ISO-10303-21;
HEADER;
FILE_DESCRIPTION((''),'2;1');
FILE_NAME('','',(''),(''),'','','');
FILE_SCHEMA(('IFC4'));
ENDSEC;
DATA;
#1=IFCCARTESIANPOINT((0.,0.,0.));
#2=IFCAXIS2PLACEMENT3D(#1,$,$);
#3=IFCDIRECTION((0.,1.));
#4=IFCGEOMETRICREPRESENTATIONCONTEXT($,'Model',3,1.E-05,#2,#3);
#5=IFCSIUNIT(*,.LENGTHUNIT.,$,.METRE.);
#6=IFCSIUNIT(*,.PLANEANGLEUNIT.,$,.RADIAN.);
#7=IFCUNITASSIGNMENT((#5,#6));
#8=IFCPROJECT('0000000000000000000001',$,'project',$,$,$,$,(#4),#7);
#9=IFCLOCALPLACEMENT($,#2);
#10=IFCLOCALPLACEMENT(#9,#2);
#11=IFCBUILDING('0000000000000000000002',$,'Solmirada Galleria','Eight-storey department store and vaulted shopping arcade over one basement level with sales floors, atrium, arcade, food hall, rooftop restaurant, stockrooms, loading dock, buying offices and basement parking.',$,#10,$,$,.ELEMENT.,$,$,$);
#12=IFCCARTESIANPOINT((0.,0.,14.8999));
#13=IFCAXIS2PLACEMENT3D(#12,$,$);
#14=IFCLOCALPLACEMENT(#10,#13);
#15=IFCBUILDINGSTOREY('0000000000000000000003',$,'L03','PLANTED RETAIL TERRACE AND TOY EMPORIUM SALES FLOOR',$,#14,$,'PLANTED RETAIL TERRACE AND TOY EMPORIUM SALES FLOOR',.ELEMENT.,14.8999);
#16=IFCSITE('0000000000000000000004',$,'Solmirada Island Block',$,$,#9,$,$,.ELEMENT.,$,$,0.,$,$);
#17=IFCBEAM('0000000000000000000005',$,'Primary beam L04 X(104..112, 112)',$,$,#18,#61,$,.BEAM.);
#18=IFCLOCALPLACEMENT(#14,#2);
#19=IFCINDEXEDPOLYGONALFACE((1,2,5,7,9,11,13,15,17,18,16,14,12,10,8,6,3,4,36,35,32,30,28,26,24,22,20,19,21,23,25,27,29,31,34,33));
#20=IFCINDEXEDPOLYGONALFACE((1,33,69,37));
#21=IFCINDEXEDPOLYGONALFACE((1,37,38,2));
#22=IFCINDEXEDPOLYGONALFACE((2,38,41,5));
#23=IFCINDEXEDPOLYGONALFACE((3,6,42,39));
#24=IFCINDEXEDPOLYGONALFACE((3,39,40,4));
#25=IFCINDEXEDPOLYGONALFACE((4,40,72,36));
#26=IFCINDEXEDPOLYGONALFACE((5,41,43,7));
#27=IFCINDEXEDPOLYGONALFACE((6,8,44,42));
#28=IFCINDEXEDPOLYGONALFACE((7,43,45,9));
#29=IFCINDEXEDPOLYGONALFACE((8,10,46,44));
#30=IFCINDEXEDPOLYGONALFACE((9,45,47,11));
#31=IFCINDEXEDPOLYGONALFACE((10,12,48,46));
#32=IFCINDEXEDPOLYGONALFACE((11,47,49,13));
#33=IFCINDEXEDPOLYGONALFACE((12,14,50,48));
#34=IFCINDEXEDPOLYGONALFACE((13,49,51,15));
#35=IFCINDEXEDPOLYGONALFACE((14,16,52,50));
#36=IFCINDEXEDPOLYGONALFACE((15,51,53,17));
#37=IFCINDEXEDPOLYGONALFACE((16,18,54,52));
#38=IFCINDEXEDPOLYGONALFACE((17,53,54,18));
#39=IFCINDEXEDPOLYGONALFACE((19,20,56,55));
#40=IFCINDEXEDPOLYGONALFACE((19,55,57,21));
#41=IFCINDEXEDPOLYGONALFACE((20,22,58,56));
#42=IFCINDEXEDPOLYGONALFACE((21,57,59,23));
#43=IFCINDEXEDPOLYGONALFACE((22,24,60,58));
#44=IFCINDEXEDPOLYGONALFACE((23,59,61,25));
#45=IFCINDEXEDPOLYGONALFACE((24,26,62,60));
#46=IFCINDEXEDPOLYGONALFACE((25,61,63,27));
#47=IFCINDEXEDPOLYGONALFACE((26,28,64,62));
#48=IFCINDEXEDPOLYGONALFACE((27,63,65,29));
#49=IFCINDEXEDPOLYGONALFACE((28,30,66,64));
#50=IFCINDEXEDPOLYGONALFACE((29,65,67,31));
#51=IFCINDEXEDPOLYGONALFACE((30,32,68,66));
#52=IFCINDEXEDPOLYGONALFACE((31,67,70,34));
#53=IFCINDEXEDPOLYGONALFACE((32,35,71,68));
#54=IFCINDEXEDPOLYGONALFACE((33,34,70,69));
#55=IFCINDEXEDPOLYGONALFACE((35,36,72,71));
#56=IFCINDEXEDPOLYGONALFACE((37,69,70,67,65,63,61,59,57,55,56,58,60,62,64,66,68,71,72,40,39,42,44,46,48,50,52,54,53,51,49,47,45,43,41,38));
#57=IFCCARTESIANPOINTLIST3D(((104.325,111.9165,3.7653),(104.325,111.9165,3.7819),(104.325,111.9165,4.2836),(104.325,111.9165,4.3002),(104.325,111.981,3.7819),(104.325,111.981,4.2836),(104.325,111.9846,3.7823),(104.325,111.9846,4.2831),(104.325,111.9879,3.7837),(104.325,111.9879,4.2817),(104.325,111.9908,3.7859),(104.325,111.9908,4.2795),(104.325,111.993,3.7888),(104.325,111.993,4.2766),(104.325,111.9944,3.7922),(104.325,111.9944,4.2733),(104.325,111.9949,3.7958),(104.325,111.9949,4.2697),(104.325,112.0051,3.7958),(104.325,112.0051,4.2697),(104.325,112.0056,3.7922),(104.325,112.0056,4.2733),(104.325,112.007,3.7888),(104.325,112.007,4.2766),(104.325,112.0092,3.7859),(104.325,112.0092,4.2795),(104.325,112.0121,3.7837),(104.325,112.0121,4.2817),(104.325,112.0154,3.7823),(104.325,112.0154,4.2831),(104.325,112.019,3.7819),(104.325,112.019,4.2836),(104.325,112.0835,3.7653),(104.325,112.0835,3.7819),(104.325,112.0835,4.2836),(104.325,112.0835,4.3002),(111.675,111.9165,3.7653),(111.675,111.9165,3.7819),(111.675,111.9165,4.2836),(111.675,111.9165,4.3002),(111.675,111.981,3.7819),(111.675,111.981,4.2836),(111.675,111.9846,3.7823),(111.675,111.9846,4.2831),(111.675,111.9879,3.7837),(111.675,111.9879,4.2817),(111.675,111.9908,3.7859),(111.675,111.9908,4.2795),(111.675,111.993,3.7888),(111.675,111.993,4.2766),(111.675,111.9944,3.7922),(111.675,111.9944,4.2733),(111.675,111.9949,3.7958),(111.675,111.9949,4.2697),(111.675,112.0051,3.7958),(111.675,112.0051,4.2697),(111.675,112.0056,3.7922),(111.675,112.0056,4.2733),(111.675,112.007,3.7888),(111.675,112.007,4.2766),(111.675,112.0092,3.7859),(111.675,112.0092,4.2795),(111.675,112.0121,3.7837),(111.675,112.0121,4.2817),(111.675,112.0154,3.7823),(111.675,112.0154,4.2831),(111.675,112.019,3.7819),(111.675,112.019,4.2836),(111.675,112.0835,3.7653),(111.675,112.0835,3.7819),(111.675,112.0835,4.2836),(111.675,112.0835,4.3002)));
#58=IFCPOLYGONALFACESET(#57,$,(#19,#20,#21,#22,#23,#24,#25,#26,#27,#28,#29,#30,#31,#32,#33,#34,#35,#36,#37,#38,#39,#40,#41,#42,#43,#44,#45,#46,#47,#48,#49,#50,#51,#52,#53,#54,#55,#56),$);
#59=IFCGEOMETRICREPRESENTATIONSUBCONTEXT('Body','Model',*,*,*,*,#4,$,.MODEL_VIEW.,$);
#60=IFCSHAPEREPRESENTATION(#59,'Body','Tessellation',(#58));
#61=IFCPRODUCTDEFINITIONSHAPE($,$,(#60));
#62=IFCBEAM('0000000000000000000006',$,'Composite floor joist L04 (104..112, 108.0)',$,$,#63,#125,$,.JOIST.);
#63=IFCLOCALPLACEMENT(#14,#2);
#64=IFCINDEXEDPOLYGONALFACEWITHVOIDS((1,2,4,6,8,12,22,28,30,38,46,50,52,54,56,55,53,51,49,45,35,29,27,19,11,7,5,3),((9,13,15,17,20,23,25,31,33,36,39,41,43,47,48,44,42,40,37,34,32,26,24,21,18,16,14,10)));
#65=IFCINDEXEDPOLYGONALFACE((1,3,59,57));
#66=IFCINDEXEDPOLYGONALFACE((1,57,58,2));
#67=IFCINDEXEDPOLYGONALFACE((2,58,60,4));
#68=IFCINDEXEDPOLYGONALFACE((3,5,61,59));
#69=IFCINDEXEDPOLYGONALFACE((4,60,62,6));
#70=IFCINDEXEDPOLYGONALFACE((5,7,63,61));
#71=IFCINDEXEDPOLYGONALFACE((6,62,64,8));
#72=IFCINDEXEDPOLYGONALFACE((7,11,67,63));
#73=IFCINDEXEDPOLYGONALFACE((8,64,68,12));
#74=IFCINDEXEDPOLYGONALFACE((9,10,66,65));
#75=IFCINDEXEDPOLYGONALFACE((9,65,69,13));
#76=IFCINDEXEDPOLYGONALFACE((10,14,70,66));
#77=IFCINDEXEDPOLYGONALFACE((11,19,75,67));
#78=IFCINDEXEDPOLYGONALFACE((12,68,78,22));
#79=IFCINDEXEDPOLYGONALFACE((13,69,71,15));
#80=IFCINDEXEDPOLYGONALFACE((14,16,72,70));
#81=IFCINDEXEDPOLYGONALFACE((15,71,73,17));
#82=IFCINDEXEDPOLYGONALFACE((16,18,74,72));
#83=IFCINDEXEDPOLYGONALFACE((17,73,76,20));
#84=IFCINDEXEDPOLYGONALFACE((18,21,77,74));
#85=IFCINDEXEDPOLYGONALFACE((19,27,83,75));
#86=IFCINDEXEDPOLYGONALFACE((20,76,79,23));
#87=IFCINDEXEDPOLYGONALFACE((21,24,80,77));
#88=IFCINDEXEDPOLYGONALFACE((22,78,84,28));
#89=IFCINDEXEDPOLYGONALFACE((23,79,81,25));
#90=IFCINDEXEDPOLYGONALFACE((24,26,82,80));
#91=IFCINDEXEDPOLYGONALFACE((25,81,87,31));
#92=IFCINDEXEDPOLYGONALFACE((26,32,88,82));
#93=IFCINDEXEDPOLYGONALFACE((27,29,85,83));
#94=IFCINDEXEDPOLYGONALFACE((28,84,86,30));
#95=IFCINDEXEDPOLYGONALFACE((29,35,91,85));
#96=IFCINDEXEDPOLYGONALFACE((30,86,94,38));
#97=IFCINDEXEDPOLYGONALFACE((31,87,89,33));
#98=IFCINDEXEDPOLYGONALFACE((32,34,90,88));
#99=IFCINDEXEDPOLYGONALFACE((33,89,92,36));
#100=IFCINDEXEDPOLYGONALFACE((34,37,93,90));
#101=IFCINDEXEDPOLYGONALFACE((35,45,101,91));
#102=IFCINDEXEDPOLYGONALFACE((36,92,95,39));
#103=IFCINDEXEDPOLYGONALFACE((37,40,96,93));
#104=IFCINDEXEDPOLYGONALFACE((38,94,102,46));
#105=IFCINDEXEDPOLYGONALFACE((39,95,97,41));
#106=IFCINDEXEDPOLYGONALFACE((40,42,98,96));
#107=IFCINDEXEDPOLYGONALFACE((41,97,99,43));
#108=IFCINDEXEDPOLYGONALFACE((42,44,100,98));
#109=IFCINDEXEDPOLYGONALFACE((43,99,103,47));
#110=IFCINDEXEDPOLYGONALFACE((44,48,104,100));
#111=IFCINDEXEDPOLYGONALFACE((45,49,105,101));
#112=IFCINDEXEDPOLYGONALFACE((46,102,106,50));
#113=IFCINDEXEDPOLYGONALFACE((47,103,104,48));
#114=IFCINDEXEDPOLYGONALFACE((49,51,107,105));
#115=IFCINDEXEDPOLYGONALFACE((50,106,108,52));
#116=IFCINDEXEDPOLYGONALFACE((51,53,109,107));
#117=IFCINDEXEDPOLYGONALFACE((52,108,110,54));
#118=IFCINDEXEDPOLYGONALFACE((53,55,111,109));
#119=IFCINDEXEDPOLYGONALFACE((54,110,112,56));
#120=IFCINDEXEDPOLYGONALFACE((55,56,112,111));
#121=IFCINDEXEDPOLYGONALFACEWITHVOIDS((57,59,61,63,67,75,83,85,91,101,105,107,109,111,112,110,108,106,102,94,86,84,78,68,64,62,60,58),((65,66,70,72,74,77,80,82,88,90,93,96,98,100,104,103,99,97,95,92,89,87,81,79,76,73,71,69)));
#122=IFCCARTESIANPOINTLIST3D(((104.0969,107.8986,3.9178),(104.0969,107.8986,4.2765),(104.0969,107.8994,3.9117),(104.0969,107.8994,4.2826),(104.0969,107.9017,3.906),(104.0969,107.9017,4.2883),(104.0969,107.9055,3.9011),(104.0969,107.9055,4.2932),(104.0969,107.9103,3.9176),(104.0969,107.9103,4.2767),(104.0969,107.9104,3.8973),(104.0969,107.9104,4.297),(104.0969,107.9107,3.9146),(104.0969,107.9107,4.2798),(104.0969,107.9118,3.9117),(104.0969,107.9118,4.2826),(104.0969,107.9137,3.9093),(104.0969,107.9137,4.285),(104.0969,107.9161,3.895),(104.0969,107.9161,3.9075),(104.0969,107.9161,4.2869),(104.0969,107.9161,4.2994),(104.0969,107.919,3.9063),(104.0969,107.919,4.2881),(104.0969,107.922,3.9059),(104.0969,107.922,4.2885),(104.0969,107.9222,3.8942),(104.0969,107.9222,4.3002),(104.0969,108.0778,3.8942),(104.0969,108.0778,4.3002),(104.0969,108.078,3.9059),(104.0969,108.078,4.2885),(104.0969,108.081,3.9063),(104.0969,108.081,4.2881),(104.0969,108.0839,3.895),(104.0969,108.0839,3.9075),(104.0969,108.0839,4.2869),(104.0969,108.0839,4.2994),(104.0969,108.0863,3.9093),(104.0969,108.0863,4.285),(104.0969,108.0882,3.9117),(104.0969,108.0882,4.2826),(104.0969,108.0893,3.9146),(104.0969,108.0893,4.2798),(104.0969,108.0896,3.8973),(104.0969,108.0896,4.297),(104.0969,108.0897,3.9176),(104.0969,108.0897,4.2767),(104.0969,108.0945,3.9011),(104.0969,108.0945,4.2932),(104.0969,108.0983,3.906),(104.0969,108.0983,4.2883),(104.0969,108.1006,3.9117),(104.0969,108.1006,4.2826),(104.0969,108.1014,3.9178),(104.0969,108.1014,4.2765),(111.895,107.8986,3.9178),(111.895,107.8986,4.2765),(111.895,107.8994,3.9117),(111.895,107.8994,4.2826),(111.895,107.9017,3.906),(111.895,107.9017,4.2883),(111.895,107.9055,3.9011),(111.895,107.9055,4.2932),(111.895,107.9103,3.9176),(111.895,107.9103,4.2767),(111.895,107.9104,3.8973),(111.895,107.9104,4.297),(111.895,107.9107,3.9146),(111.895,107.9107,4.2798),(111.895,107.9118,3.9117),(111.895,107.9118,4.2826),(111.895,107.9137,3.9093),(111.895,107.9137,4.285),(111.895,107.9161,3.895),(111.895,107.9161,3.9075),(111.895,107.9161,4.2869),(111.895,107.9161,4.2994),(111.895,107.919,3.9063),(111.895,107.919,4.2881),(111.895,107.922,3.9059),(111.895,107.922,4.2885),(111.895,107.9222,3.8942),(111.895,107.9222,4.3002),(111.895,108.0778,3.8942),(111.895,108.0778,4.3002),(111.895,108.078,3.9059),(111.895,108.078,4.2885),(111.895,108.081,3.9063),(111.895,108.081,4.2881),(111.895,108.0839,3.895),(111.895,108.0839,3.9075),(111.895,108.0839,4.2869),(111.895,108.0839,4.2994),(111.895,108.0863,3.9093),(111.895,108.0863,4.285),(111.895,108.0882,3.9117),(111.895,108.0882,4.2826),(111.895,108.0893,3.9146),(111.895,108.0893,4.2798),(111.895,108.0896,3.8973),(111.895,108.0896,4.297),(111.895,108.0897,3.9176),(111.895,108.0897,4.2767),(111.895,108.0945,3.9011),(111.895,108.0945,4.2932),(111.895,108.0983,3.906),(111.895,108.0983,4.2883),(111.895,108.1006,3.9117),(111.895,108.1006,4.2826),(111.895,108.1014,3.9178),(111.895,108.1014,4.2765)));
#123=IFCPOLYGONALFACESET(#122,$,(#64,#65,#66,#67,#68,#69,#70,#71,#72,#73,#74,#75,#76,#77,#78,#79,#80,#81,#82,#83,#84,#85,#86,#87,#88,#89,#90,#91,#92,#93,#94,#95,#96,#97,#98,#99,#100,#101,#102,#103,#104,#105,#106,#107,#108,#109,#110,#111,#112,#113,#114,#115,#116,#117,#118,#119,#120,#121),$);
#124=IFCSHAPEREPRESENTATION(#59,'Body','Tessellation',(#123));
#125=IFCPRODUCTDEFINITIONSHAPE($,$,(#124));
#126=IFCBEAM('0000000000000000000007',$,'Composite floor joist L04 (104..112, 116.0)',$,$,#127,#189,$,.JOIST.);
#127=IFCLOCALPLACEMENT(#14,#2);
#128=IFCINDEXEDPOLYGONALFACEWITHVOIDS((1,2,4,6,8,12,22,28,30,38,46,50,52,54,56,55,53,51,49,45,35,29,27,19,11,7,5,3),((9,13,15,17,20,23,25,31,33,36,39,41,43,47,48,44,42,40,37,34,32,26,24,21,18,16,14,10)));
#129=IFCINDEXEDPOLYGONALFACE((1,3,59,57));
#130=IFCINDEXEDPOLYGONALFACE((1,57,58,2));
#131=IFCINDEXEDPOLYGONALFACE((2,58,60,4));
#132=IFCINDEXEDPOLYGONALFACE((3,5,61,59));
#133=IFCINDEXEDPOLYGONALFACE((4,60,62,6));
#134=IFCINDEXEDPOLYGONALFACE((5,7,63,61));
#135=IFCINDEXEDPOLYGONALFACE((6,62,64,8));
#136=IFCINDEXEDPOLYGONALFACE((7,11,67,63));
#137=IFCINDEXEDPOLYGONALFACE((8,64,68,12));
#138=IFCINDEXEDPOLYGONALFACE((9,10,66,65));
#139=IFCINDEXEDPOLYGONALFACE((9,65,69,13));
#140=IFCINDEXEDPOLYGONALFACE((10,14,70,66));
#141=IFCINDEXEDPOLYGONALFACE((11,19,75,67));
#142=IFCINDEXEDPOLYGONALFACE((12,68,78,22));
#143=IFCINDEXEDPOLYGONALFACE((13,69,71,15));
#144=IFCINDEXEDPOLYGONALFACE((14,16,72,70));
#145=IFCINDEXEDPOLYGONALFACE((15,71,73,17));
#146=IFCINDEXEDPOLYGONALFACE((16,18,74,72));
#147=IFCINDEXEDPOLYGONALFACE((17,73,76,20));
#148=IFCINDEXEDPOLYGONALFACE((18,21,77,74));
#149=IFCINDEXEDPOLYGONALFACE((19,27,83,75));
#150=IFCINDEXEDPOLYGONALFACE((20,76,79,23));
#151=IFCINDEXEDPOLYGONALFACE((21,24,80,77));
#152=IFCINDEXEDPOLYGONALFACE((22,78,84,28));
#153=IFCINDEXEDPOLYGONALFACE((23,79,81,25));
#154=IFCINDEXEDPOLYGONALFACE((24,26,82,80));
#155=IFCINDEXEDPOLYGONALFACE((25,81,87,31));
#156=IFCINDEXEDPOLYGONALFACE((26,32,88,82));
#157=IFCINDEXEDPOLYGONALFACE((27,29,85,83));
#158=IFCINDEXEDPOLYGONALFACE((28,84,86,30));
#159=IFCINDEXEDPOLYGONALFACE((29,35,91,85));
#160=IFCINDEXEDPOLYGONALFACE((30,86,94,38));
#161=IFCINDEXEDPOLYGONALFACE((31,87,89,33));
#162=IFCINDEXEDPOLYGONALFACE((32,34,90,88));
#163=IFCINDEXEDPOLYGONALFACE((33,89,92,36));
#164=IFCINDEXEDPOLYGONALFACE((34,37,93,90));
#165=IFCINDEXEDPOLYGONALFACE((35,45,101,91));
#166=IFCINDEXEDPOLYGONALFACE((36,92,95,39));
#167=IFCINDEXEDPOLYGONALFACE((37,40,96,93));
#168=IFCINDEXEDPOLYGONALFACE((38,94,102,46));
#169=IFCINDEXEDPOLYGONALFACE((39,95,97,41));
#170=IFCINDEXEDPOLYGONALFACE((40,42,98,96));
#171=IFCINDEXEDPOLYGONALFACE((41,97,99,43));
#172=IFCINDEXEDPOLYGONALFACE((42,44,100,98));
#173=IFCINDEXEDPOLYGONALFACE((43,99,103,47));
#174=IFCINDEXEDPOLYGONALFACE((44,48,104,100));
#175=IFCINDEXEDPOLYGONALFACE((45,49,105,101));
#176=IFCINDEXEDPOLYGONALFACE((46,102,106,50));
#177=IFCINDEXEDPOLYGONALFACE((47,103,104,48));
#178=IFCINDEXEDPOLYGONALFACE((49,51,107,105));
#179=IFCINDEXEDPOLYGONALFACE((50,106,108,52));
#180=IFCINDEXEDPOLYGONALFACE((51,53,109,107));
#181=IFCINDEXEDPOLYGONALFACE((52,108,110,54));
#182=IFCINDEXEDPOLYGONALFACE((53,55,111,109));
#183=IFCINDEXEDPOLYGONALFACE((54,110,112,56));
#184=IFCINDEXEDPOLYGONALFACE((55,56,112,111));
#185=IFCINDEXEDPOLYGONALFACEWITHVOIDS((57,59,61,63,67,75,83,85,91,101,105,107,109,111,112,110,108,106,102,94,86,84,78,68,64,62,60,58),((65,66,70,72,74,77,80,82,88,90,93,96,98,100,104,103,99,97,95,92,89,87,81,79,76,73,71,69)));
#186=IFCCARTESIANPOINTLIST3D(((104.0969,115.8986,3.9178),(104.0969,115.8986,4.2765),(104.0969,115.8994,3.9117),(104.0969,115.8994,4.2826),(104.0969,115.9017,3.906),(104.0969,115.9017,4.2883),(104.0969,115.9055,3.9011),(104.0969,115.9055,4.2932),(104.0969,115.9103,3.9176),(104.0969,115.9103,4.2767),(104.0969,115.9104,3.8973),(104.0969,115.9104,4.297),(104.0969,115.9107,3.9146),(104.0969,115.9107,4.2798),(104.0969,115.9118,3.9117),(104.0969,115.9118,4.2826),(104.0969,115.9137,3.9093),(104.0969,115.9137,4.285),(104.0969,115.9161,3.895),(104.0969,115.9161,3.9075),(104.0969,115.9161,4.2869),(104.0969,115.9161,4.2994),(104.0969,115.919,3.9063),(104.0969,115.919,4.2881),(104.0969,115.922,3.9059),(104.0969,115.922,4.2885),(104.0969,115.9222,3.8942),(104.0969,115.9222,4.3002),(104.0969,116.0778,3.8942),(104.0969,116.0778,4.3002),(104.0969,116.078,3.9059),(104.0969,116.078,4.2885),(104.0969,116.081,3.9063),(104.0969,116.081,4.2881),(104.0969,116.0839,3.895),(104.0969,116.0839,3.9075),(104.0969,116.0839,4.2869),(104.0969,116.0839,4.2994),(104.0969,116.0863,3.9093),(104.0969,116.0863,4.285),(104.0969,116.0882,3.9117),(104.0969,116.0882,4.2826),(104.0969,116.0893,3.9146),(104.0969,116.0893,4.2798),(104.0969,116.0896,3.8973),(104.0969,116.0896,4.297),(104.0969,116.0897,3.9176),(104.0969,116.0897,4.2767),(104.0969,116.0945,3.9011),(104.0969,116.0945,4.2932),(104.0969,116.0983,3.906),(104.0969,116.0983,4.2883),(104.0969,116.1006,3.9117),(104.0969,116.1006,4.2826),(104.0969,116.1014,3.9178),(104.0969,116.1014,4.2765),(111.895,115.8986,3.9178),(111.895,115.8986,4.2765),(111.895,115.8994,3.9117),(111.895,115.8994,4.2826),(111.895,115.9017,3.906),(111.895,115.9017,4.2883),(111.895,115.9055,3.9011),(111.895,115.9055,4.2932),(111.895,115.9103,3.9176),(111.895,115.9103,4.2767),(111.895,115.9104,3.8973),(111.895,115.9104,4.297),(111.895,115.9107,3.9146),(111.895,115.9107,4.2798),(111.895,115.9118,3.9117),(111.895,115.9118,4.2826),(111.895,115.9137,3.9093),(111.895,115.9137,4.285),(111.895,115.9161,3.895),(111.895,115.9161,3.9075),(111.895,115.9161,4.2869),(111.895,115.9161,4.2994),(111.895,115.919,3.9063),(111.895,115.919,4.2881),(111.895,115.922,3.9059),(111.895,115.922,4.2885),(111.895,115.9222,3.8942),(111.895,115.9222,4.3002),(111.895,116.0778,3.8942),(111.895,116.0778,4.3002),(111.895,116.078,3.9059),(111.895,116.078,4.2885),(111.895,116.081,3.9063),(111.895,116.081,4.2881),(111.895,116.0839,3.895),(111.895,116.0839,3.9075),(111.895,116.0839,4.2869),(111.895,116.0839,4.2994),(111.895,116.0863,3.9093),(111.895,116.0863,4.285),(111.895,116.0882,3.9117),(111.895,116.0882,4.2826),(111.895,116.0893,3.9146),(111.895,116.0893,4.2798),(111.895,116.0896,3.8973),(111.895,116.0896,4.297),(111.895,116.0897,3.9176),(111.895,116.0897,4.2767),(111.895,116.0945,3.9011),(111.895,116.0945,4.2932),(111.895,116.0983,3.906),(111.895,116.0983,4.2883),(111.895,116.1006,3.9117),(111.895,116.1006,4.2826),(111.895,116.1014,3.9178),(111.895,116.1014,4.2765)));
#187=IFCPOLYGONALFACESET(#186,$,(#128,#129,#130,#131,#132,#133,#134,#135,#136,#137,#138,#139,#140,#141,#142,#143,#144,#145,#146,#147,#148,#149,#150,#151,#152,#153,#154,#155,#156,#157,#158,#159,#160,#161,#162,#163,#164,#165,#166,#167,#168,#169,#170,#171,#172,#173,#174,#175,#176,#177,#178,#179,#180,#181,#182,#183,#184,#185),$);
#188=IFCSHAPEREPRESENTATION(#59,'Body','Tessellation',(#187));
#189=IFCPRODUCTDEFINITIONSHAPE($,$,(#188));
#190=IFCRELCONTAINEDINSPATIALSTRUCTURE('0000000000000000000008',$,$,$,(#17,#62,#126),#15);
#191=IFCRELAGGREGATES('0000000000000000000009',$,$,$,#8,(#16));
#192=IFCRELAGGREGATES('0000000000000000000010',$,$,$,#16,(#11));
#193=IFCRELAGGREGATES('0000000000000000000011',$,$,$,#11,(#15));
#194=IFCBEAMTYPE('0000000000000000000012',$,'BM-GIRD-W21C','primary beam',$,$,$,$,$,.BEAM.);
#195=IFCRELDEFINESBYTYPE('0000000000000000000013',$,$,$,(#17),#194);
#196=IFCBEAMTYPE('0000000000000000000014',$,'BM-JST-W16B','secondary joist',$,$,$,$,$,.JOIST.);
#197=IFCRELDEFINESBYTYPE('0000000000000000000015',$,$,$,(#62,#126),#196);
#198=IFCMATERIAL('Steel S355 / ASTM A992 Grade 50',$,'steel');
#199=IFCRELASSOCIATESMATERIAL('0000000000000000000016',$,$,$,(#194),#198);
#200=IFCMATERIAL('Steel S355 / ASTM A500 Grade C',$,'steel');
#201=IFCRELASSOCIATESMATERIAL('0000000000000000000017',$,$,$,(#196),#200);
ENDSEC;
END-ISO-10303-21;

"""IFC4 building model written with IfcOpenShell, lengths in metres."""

from ifc_helpers import new_model, si_unit, direction, frame, origin, origin_2d, place, context, subcontext, project, spatial, hollow_rectangle, i_section, extrude, material, material_profile, profile_set, type_object, element, save


model = new_model("IFC4")

# Units and contexts
model_context = context("Model", 3, precision=1e-05, world=origin(), true_north=direction((0.0, 1.0)))
body_context = subcontext(model_context, "Body", "Model", "MODEL_VIEW")
ifc_project = project(units=[si_unit("LENGTHUNIT", "METRE"), si_unit("PLANEANGLEUNIT", "RADIAN")], contexts=[model_context])

# Site, building, storey
site_placement = place(None, origin())
site = spatial("IfcSite", under=ifc_project, at=site_placement, Name="Solmirada Island Block", CompositionType="ELEMENT", RefElevation=0.0)
building_placement = place(site_placement, origin())
building = spatial("IfcBuilding", under=site, at=building_placement, Name="Solmirada Galleria", Description="Eight-storey department store and vaulted shopping arcade over one basement level with sales floors, atrium, arcade, food hall, rooftop restaurant, stockrooms, loading dock, buying offices and basement parking.", CompositionType="ELEMENT")
storey_placement = place(building_placement, frame((0.0, 0.0, 14.8999)))
storey = spatial("IfcBuildingStorey", under=building, at=storey_placement, Name="L03", Description="PLANTED RETAIL TERRACE AND TOY EMPORIUM SALES FLOOR", LongName="PLANTED RETAIL TERRACE AND TOY EMPORIUM SALES FLOOR", CompositionType="ELEMENT", Elevation=14.8999)

# Shared definitions
ifc_material_1 = material(Name="Steel S355 / ASTM A500 Grade C", Category="steel")

# Beams
ifc_material_2 = material(Name="Steel S355 / ASTM A992 Grade 50", Category="steel")
ifc_material_profile_1 = material_profile(ifc_material_2, i_section(OverallWidth=0.167, OverallDepth=0.5349, WebThickness=0.0103, FlangeThickness=0.0166, FilletRadius=0.0139, at=origin_2d()), Name="W21X57")
ifc_profile_set_1 = profile_set([ifc_material_profile_1], Name="Steel S355 / ASTM A992 Grade 50")
beam_type_1 = type_object("IfcBeamType", Name="BM-GIRD-W21C", Description="primary beam", PredefinedType="BEAM", material=ifc_profile_set_1)
beam_1_placement = place(storey_placement, frame((104.325, 112.0, 4.0327), z_axis=(1.0, 0.0, 0.0), x_axis=(0.0, 1.0, 0.0)))
element("IfcBeam", 1, at=beam_1_placement, inside=storey, type_object=beam_type_1, Name="Primary beam L04 X(104..112, 112)", PredefinedType="BEAM", context=body_context, shape_type="SweptSolid", body=[
    extrude(i_section(OverallWidth=0.167, OverallDepth=0.5349, WebThickness=0.0103, FlangeThickness=0.0166, FilletRadius=0.0139, at=origin_2d()), origin(), (0.0, 0.0, 1.0), 7.3501),
])
ifc_material_profile_2 = material_profile(ifc_material_1, hollow_rectangle(XDim=0.2029, YDim=0.406, WallThickness=0.0117, InnerFilletRadius=0.0117, OuterFilletRadius=0.0237, at=origin_2d()), Name="HSS16X8X1/2")
ifc_profile_set_2 = profile_set([ifc_material_profile_2], Name="Steel S355 / ASTM A500 Grade C")
beam_type_2 = type_object("IfcBeamType", Name="BM-JST-W16B", Description="secondary joist", PredefinedType="JOIST", material=ifc_profile_set_2)
for number, where, z_axis, x_axis, name in (
    (2, (104.0969, 108.0, 4.0972), (1.0, 0.0, 0.0), (0.0, 1.0, 0.0), "Composite floor joist L04 (104..112, 108.0)"),
    (3, (104.0969, 116.0, 4.0972), (1.0, 0.0, 0.0), (0.0, 1.0, 0.0), "Composite floor joist L04 (104..112, 116.0)"),
):
    element("IfcBeam", number, at=place(storey_placement, frame(where, z_axis=z_axis, x_axis=x_axis)), inside=storey, type_object=beam_type_2, Name=name, PredefinedType="JOIST", context=body_context, shape_type="SweptSolid", body=[
        extrude(hollow_rectangle(XDim=0.2029, YDim=0.406, WallThickness=0.0117, InnerFilletRadius=0.0117, OuterFilletRadius=0.0237, at=origin_2d()), origin(), (0.0, 0.0, 1.0), 7.7981),
    ])

save(model, "model.ifc")
